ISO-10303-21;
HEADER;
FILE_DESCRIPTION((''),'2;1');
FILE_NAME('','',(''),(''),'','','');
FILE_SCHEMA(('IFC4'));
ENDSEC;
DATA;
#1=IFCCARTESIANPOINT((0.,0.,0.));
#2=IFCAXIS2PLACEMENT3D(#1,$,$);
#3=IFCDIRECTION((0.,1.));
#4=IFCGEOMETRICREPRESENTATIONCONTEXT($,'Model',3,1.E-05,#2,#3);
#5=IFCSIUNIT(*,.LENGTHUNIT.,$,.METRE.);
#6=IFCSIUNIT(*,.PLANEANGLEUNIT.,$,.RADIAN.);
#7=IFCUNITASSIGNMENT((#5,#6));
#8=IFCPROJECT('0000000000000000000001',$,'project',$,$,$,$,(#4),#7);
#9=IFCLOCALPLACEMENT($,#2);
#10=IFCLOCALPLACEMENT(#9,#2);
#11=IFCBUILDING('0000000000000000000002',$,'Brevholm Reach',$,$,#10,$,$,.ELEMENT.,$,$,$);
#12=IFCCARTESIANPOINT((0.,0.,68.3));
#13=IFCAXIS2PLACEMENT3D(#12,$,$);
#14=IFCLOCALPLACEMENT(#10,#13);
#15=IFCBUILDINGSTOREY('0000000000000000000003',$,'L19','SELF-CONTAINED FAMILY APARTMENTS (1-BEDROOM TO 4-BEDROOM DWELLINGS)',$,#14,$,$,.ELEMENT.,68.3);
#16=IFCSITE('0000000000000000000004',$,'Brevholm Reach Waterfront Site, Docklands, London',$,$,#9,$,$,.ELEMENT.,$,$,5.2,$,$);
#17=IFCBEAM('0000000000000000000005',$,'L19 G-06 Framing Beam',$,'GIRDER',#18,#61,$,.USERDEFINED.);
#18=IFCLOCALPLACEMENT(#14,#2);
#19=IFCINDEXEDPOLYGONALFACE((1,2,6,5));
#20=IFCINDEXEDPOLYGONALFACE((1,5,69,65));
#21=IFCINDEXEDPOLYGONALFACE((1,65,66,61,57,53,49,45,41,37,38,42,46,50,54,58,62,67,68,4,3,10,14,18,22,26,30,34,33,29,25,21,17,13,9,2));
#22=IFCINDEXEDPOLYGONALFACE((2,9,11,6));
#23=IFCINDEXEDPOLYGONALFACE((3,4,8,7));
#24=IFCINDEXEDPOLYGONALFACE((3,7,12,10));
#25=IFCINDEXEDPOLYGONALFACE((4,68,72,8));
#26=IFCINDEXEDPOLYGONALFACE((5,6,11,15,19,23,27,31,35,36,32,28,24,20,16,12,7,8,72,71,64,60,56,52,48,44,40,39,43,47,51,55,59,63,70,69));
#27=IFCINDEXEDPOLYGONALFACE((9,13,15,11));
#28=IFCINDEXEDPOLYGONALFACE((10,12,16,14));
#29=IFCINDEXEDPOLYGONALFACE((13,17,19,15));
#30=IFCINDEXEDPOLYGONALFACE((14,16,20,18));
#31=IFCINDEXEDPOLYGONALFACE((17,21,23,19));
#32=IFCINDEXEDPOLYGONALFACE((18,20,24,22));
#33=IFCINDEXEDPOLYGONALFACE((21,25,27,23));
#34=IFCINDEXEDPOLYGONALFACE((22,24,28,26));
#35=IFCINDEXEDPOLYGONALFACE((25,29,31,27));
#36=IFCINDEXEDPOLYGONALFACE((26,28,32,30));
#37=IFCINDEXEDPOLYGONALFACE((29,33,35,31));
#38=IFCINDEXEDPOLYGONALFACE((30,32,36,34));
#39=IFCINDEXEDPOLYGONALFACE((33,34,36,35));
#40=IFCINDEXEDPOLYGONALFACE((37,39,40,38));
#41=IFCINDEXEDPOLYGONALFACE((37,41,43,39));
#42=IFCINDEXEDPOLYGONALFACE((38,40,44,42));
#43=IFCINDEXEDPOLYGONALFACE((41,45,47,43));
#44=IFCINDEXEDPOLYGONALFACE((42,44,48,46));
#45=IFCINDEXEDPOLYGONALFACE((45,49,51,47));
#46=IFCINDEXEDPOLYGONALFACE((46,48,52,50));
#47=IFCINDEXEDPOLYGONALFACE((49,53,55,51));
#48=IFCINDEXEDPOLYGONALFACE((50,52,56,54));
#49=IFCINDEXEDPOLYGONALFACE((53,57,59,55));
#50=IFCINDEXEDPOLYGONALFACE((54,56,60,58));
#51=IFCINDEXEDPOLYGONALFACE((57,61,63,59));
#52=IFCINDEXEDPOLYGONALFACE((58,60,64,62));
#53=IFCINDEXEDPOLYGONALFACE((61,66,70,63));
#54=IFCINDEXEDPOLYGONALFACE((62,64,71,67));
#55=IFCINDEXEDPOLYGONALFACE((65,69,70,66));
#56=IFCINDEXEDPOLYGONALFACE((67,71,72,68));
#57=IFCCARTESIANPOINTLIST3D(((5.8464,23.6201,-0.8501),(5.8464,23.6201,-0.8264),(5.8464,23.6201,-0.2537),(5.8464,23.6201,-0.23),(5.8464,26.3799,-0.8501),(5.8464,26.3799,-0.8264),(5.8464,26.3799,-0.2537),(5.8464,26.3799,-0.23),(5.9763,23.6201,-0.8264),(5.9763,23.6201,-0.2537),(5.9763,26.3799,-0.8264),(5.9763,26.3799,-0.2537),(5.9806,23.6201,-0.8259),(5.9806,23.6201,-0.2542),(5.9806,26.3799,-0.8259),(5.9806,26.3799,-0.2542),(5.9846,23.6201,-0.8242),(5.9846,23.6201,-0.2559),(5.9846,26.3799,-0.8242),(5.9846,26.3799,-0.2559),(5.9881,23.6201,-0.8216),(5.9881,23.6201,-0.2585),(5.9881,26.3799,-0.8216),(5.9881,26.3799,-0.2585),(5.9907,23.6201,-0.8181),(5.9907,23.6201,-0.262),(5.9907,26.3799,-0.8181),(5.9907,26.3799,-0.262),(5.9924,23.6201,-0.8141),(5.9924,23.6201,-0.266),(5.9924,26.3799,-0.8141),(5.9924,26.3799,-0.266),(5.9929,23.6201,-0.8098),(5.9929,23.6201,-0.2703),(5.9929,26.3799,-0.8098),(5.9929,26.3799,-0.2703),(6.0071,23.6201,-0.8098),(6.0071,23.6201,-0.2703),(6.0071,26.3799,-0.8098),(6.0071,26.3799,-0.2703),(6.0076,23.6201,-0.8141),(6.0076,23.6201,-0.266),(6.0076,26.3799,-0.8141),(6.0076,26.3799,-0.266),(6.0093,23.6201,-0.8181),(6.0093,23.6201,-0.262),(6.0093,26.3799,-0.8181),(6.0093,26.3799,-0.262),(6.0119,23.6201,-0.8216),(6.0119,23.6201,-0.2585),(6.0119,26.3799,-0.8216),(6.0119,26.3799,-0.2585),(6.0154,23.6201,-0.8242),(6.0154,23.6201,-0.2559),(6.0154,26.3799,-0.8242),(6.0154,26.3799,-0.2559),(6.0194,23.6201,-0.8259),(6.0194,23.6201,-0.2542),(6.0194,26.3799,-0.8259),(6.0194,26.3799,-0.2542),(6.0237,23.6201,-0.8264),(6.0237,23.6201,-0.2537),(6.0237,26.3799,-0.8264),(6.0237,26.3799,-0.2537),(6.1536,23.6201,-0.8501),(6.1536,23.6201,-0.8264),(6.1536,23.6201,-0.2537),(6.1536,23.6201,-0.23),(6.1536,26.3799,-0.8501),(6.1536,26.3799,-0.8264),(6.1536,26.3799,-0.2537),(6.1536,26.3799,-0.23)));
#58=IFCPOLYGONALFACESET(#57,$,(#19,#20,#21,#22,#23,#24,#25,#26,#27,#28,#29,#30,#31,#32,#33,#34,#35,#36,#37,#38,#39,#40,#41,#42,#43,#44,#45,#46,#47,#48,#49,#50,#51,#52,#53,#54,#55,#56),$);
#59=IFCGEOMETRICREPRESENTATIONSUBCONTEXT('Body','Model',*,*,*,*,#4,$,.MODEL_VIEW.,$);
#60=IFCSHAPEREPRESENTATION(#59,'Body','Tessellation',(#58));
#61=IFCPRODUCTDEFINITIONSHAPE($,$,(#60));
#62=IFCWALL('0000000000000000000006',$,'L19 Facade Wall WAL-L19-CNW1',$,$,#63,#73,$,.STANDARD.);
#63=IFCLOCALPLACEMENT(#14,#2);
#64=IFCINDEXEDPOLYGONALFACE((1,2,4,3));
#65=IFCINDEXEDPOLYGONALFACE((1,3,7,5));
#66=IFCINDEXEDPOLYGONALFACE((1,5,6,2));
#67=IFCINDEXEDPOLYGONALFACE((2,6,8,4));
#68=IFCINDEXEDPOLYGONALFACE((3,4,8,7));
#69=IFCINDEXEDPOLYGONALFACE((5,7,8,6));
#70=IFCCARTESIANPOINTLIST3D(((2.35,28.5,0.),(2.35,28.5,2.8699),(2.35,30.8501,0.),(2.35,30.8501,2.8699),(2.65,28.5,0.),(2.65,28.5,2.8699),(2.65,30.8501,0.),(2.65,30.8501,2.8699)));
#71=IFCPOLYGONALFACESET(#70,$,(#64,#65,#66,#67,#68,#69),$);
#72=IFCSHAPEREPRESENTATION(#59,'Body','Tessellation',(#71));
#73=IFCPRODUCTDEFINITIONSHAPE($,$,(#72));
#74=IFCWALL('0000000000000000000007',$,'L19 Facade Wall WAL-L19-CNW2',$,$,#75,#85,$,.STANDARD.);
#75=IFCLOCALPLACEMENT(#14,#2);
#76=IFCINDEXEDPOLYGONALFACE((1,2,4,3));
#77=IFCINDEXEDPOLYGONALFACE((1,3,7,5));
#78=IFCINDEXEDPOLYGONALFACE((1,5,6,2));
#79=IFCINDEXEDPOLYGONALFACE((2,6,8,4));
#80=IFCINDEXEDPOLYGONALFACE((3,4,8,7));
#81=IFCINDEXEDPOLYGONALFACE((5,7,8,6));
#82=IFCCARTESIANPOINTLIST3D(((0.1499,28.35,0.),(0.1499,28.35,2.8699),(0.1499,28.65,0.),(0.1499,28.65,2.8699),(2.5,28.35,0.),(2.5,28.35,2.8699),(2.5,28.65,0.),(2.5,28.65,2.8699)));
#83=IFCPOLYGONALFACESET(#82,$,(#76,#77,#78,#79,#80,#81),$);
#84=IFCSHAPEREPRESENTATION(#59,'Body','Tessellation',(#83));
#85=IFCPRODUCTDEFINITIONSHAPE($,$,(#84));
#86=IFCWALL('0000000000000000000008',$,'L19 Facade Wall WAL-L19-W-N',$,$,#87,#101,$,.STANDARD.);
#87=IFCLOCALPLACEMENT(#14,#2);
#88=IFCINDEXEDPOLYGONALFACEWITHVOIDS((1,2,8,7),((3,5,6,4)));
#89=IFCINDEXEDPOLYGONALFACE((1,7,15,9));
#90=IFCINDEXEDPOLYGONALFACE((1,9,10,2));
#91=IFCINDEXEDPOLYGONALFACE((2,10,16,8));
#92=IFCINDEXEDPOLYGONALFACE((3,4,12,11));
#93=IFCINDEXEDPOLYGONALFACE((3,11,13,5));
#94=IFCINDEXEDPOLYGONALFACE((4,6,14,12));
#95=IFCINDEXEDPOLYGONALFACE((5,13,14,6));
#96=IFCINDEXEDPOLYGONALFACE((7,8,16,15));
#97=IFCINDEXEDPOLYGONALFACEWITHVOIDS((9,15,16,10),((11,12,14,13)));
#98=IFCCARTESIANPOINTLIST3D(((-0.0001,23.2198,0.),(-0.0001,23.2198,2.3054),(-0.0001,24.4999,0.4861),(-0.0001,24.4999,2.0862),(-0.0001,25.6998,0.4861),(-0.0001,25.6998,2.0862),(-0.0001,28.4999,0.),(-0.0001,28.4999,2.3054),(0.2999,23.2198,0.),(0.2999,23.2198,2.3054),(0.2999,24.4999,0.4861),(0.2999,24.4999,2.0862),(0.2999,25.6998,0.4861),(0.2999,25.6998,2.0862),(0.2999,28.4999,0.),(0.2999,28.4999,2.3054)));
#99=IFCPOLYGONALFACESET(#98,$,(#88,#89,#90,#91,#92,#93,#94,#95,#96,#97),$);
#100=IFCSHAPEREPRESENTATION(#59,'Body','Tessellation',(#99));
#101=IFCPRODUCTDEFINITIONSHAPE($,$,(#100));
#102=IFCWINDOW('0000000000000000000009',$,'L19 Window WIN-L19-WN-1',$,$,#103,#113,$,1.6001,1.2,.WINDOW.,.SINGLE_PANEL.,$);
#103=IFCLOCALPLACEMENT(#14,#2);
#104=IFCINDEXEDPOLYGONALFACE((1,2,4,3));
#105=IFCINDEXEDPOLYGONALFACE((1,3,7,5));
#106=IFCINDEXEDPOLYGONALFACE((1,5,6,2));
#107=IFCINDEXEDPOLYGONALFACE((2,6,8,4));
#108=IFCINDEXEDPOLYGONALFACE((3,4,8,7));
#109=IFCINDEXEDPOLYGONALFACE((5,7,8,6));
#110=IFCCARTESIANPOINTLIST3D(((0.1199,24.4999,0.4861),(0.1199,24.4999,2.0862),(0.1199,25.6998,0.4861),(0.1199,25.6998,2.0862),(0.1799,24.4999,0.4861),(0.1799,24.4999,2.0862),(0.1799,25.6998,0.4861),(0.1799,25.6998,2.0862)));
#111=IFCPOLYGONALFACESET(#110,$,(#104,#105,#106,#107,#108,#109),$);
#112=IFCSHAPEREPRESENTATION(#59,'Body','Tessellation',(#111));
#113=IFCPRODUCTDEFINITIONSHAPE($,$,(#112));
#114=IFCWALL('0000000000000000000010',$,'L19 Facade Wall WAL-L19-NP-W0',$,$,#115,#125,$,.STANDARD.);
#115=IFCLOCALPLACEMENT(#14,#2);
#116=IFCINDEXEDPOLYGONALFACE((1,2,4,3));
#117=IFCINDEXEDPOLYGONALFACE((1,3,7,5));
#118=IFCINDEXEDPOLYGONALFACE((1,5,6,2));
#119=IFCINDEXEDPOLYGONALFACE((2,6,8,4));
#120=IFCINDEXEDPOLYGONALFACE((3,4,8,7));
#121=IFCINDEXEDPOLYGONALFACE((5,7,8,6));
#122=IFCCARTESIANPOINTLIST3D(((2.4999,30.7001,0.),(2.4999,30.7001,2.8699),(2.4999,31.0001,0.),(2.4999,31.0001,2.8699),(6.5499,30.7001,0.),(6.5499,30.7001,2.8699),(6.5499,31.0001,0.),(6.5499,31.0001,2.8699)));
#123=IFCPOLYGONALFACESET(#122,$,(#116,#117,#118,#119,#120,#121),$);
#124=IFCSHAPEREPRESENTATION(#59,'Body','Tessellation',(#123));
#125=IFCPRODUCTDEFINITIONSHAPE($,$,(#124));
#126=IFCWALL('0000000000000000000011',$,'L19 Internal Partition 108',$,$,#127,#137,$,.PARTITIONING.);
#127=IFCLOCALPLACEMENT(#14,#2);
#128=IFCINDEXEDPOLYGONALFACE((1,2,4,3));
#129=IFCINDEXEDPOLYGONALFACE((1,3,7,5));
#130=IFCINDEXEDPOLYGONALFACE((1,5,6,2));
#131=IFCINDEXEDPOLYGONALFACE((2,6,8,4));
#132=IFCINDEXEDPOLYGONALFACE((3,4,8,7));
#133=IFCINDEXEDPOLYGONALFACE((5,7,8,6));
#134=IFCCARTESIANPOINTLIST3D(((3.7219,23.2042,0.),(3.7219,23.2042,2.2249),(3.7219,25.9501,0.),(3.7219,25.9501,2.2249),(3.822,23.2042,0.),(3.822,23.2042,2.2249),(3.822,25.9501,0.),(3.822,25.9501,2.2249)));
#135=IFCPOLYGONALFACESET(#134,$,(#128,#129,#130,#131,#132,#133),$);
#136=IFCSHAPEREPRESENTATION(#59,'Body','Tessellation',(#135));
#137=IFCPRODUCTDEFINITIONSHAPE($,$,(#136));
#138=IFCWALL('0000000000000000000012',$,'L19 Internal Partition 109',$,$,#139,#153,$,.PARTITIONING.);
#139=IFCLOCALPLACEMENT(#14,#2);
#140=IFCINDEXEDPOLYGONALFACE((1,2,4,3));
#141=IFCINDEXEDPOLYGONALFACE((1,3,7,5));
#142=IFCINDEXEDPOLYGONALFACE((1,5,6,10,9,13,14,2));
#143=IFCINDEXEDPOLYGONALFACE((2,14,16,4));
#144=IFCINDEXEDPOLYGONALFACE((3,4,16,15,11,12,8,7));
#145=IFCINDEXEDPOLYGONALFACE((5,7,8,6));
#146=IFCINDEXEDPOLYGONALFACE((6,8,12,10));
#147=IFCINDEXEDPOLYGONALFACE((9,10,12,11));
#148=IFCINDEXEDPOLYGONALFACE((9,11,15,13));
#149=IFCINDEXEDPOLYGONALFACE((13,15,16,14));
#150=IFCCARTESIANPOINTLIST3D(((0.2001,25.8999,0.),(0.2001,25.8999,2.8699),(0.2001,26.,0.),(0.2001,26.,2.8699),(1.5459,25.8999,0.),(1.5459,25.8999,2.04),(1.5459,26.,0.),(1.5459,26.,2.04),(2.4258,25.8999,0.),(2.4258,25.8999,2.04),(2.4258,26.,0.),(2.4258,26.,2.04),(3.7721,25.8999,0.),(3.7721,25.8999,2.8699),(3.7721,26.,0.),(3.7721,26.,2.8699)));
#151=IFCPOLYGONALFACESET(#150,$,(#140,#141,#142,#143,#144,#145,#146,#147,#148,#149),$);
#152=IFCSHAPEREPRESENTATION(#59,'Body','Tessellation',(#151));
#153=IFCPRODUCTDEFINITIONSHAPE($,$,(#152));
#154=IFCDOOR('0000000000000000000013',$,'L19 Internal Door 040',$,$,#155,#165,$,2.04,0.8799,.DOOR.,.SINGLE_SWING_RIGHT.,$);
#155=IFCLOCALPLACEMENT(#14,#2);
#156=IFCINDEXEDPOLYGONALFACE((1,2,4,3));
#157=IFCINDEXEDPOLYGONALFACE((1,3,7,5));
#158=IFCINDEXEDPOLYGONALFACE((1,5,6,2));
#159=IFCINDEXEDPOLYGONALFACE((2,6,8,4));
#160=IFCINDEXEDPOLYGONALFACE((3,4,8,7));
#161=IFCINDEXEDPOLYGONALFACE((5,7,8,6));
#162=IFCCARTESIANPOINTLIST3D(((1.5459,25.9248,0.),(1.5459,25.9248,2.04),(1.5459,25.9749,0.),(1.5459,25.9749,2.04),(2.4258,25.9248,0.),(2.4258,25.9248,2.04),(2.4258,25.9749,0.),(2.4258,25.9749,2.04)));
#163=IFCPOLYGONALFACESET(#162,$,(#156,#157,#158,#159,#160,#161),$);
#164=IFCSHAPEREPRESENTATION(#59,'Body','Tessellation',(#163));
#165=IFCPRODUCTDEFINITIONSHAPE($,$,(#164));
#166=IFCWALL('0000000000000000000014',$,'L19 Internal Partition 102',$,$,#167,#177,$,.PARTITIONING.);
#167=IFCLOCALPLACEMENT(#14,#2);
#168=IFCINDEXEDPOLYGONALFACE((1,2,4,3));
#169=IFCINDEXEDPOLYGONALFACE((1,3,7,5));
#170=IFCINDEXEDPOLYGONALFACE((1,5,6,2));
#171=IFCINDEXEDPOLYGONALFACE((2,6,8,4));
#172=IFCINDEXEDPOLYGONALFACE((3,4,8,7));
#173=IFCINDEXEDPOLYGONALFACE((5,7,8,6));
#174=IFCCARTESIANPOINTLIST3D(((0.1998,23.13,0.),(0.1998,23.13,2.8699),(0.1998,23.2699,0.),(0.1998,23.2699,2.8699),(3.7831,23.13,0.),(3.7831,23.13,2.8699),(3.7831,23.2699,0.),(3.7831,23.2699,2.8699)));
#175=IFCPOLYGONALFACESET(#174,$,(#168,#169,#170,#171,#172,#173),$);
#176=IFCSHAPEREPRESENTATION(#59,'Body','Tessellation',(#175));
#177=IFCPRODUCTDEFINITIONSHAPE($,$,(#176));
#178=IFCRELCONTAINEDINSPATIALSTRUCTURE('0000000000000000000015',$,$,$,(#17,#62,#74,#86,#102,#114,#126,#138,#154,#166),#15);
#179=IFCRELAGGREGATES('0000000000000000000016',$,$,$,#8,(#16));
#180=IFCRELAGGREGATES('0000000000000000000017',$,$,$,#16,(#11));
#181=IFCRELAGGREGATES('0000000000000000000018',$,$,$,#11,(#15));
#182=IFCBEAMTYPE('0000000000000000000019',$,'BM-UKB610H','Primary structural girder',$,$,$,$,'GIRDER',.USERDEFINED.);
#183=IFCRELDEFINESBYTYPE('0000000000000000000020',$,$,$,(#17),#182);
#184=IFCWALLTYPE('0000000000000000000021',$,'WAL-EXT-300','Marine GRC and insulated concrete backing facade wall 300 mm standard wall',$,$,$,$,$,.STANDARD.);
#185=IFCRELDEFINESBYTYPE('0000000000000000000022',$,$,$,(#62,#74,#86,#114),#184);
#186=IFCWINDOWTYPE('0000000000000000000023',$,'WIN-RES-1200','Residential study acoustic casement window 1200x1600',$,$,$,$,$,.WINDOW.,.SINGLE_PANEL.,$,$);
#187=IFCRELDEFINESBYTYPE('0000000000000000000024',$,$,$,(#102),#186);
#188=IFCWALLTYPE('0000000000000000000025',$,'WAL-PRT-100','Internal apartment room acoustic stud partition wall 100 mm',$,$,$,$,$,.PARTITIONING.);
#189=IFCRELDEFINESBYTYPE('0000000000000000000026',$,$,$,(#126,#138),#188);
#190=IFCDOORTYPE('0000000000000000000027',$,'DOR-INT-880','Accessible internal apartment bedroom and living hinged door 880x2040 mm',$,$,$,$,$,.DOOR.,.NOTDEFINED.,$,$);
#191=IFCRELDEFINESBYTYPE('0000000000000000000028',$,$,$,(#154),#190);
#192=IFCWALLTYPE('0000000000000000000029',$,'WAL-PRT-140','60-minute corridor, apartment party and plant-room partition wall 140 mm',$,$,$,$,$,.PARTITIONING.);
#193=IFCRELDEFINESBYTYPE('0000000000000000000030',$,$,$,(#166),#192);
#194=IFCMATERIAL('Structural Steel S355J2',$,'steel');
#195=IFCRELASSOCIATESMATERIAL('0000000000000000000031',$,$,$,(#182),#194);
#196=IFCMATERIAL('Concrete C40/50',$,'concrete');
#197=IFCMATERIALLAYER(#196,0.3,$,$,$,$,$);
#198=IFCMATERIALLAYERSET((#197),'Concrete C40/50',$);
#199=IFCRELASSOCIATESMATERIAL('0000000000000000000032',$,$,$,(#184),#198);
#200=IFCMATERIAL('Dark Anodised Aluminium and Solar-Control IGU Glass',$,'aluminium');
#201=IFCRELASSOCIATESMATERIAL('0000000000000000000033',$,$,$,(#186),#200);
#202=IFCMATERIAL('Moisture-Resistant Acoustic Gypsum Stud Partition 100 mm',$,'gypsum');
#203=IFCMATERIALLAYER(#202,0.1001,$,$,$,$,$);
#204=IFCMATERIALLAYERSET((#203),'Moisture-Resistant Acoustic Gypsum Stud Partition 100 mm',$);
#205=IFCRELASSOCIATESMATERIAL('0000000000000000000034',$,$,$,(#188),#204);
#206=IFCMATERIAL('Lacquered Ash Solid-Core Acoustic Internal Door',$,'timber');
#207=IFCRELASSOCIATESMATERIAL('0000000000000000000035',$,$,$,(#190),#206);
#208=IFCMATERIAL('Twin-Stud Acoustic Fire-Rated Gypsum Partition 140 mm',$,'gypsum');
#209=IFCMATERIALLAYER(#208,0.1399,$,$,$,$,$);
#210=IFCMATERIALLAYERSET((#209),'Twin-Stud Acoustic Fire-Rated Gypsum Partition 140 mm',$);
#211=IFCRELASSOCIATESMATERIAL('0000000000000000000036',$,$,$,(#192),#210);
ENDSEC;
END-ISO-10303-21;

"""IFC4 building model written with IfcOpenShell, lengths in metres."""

from ifc_helpers import new_model, si_unit, direction, frame, frame_2d, origin, origin_2d, place, context, subcontext, project, spatial, rectangle, i_section, extrude, material, layer, layer_set, material_profile, profile_set, type_object, element, fill, save


model = new_model("IFC4")

# Units and contexts
model_context = context("Model", 3, precision=1e-05, world=origin(), true_north=direction((0.0, 1.0)))
body_context = subcontext(model_context, "Body", "Model", "MODEL_VIEW")
ifc_project = project(units=[si_unit("LENGTHUNIT", "METRE"), si_unit("PLANEANGLEUNIT", "RADIAN")], contexts=[model_context])

# Site, building, storey
site_placement = place(None, origin())
site = spatial("IfcSite", under=ifc_project, at=site_placement, Name="Brevholm Reach Waterfront Site, Docklands, London", CompositionType="ELEMENT", RefElevation=5.2)
building_placement = place(site_placement, origin())
building = spatial("IfcBuilding", under=site, at=building_placement, Name="Brevholm Reach", CompositionType="ELEMENT")
storey_placement = place(building_placement, frame((0.0, 0.0, 68.3)))
storey = spatial("IfcBuildingStorey", under=building, at=storey_placement, Name="L19", Description="SELF-CONTAINED FAMILY APARTMENTS (1-BEDROOM TO 4-BEDROOM DWELLINGS)", CompositionType="ELEMENT", Elevation=68.3)

# Beam
ifc_material_1 = material(Name="Structural Steel S355J2", Category="steel")
ifc_material_profile_1 = material_profile(ifc_material_1, i_section(OverallWidth=0.3071, OverallDepth=0.6201, WebThickness=0.0142, FlangeThickness=0.0237, FilletRadius=0.0166, at=origin_2d()), Name="UKB 610x305x179")
ifc_profile_set_1 = profile_set([ifc_material_profile_1], Name="Structural Steel S355J2")
beam_type_1 = type_object("IfcBeamType", Name="BM-UKB610H", Description="Primary structural girder", ElementType="GIRDER", PredefinedType="USERDEFINED", material=ifc_profile_set_1)
beam_1_placement = place(storey_placement, frame((6.0, 23.6201, -0.54), z_axis=(0.0, 1.0, 0.0), x_axis=(-1.0, 0.0, 0.0)))
element("IfcBeam", 1, at=beam_1_placement, inside=storey, type_object=beam_type_1, Name="L19 G-06 Framing Beam", ObjectType="GIRDER", PredefinedType="USERDEFINED", context=body_context, shape_type="SweptSolid", body=[
    extrude(i_section(OverallWidth=0.3071, OverallDepth=0.6201, WebThickness=0.0142, FlangeThickness=0.0237, FilletRadius=0.0166, at=origin_2d()), origin(), (0.0, 0.0, 1.0), 2.7598),
])

# Walls
ifc_material_2 = material(Name="Concrete C40/50", Category="concrete")
ifc_layer_1 = layer(ifc_material_2, 0.3)
ifc_layer_set_1 = layer_set([ifc_layer_1], Name="Concrete C40/50")
wall_type_1 = type_object("IfcWallType", Name="WAL-EXT-300", Description="Marine GRC and insulated concrete backing facade wall 300 mm standard wall", PredefinedType="STANDARD", material=ifc_layer_set_1)
for number, where, z_axis, x_axis, name in (
    (2, (2.5, 30.8501, 0.0), (0.0, 0.0, 1.0), (0.0, -1.0, 0.0), "L19 Facade Wall WAL-L19-CNW1"),
    (3, (2.5, 28.5, 0.0), (0.0, 0.0, 1.0), (-1.0, 0.0, 0.0), "L19 Facade Wall WAL-L19-CNW2"),
):
    element("IfcWall", number, at=place(storey_placement, frame(where, z_axis=z_axis, x_axis=x_axis)), inside=storey, type_object=wall_type_1, Name=name, PredefinedType="STANDARD", context=body_context, shape_type="SweptSolid", body=[
        extrude(rectangle(XDim=2.3501, YDim=0.3, at=frame_2d((1.175, 0.0))), origin(), (0.0, 0.0, 1.0), 2.8699),
    ])

# Wall, opening, window
wall_1_placement = place(storey_placement, frame((0.1499, 28.5, 0.0), z_axis=(0.0, 0.0, 1.0), x_axis=(0.0, -1.0, 0.0)))
wall_1 = element("IfcWall", 4, at=wall_1_placement, inside=storey, type_object=wall_type_1, Name="L19 Facade Wall WAL-L19-W-N", PredefinedType="STANDARD", context=body_context, shape_type="SweptSolid", body=[
    extrude(rectangle(XDim=5.28, YDim=0.3, at=frame_2d((2.6401, 0.0))), origin(), (0.0, 0.0, 1.0), 2.3054),
])
opening_1_placement = place(wall_1_placement, frame((2.8, 0.0, 0.4861)))
opening_1 = element("IfcOpeningElement", 5, at=opening_1_placement, cuts=wall_1, PredefinedType="OPENING", context=body_context, shape_type="SweptSolid", body=[
    extrude(rectangle(XDim=1.2, YDim=1.6001, at=frame_2d((0.6001, 0.8))), frame((0.0, 0.1599, 0.0), z_axis=(0.0, -1.0, 0.0), x_axis=(1.0, 0.0, 0.0)), (0.0, 0.0, 1.0), 0.3201),
])
ifc_material_3 = material(Name="Dark Anodised Aluminium and Solar-Control IGU Glass", Category="aluminium")
window_type = type_object("IfcWindowType", Name="WIN-RES-1200", Description="Residential study acoustic casement window 1200x1600", PartitioningType="SINGLE_PANEL", PredefinedType="WINDOW", material=ifc_material_3)
window_placement = place(opening_1_placement, origin())
window = element("IfcWindow", 6, at=window_placement, inside=storey, type_object=window_type, Name="L19 Window WIN-L19-WN-1", OverallHeight=1.6001, OverallWidth=1.2, PartitioningType="SINGLE_PANEL", PredefinedType="WINDOW", context=body_context, shape_type="SweptSolid", body=[
    extrude(rectangle(XDim=1.2, YDim=1.6001, at=frame_2d((0.6001, 0.8))), frame((0.0, 0.03, 0.0), z_axis=(0.0, -1.0, 0.0), x_axis=(1.0, 0.0, 0.0)), (0.0, 0.0, 1.0), 0.0601),
])
fill(opening_1, window)

# Walls
wall_2_placement = place(storey_placement, frame((2.5, 30.8501, 0.0), z_axis=(0.0, 0.0, 1.0), x_axis=(1.0, 0.0, 0.0)))
element("IfcWall", 7, at=wall_2_placement, inside=storey, type_object=wall_type_1, Name="L19 Facade Wall WAL-L19-NP-W0", PredefinedType="STANDARD", context=body_context, shape_type="SweptSolid", body=[
    extrude(rectangle(XDim=4.05, YDim=0.3, at=frame_2d((2.0249, 0.0))), origin(), (0.0, 0.0, 1.0), 2.8699),
])
ifc_material_4 = material(Name="Moisture-Resistant Acoustic Gypsum Stud Partition 100 mm", Category="gypsum")
ifc_layer_2 = layer(ifc_material_4, 0.1001)
ifc_layer_set_2 = layer_set([ifc_layer_2], Name="Moisture-Resistant Acoustic Gypsum Stud Partition 100 mm")
wall_type_2 = type_object("IfcWallType", Name="WAL-PRT-100", Description="Internal apartment room acoustic stud partition wall 100 mm", PredefinedType="PARTITIONING", material=ifc_layer_set_2)
wall_3_placement = place(storey_placement, frame((3.772, 23.2041, 0.0), z_axis=(0.0, 0.0, 1.0), x_axis=(0.0, 1.0, 0.0)))
element("IfcWall", 8, at=wall_3_placement, inside=storey, type_object=wall_type_2, Name="L19 Internal Partition 108", PredefinedType="PARTITIONING", context=body_context, shape_type="SweptSolid", body=[
    extrude(rectangle(XDim=2.7458, YDim=0.1001, at=frame_2d((1.373, 0.0))), origin(), (0.0, 0.0, 1.0), 2.2249),
])

# Wall, opening, door
wall_4_placement = place(storey_placement, frame((0.2, 25.95, 0.0), z_axis=(0.0, 0.0, 1.0), x_axis=(1.0, 0.0, 0.0)))
wall_4 = element("IfcWall", 9, at=wall_4_placement, inside=storey, type_object=wall_type_2, Name="L19 Internal Partition 109", PredefinedType="PARTITIONING", context=body_context, shape_type="SweptSolid", body=[
    extrude(rectangle(XDim=3.572, YDim=0.1001, at=frame_2d((1.7861, 0.0))), origin(), (0.0, 0.0, 1.0), 2.8699),
])
opening_2_placement = place(wall_4_placement, frame((1.3459, 0.0, 0.0)))
opening_2 = element("IfcOpeningElement", 10, at=opening_2_placement, cuts=wall_4, PredefinedType="OPENING", context=body_context, shape_type="SweptSolid", body=[
    extrude(rectangle(XDim=0.8799, YDim=2.04, at=frame_2d((0.4399, 1.02))), frame((0.0, 0.0601, 0.0), z_axis=(0.0, -1.0, 0.0), x_axis=(1.0, 0.0, 0.0)), (0.0, 0.0, 1.0), 0.1201),
])
ifc_material_5 = material(Name="Lacquered Ash Solid-Core Acoustic Internal Door", Category="timber")
door_type = type_object("IfcDoorType", Name="DOR-INT-880", Description="Accessible internal apartment bedroom and living hinged door 880x2040 mm", OperationType="NOTDEFINED", PredefinedType="DOOR", material=ifc_material_5)
door_placement = place(opening_2_placement, origin())
door = element("IfcDoor", 11, at=door_placement, inside=storey, type_object=door_type, Name="L19 Internal Door 040", OperationType="SINGLE_SWING_RIGHT", OverallHeight=2.04, OverallWidth=0.8799, PredefinedType="DOOR", context=body_context, shape_type="SweptSolid", body=[
    extrude(rectangle(XDim=0.8799, YDim=2.04, at=frame_2d((0.4399, 1.02))), frame((0.0, 0.0249, 0.0), z_axis=(0.0, -1.0, 0.0), x_axis=(1.0, 0.0, 0.0)), (0.0, 0.0, 1.0), 0.05),
])
fill(opening_2, door)

# Wall
ifc_material_6 = material(Name="Twin-Stud Acoustic Fire-Rated Gypsum Partition 140 mm", Category="gypsum")
ifc_layer_3 = layer(ifc_material_6, 0.1399)
ifc_layer_set_3 = layer_set([ifc_layer_3], Name="Twin-Stud Acoustic Fire-Rated Gypsum Partition 140 mm")
wall_type_3 = type_object("IfcWallType", Name="WAL-PRT-140", Description="60-minute corridor, apartment party and plant-room partition wall 140 mm", PredefinedType="PARTITIONING", material=ifc_layer_set_3)
wall_5_placement = place(storey_placement, frame((0.2, 23.2, 0.0), z_axis=(0.0, 0.0, 1.0), x_axis=(1.0, 0.0, 0.0)))
element("IfcWall", 12, at=wall_5_placement, inside=storey, type_object=wall_type_3, Name="L19 Internal Partition 102", PredefinedType="PARTITIONING", context=body_context, shape_type="SweptSolid", body=[
    extrude(rectangle(XDim=3.5833, YDim=0.1399, at=frame_2d((1.7915, 0.0))), origin(), (0.0, 0.0, 1.0), 2.8699),
])

save(model, "model.ifc")
